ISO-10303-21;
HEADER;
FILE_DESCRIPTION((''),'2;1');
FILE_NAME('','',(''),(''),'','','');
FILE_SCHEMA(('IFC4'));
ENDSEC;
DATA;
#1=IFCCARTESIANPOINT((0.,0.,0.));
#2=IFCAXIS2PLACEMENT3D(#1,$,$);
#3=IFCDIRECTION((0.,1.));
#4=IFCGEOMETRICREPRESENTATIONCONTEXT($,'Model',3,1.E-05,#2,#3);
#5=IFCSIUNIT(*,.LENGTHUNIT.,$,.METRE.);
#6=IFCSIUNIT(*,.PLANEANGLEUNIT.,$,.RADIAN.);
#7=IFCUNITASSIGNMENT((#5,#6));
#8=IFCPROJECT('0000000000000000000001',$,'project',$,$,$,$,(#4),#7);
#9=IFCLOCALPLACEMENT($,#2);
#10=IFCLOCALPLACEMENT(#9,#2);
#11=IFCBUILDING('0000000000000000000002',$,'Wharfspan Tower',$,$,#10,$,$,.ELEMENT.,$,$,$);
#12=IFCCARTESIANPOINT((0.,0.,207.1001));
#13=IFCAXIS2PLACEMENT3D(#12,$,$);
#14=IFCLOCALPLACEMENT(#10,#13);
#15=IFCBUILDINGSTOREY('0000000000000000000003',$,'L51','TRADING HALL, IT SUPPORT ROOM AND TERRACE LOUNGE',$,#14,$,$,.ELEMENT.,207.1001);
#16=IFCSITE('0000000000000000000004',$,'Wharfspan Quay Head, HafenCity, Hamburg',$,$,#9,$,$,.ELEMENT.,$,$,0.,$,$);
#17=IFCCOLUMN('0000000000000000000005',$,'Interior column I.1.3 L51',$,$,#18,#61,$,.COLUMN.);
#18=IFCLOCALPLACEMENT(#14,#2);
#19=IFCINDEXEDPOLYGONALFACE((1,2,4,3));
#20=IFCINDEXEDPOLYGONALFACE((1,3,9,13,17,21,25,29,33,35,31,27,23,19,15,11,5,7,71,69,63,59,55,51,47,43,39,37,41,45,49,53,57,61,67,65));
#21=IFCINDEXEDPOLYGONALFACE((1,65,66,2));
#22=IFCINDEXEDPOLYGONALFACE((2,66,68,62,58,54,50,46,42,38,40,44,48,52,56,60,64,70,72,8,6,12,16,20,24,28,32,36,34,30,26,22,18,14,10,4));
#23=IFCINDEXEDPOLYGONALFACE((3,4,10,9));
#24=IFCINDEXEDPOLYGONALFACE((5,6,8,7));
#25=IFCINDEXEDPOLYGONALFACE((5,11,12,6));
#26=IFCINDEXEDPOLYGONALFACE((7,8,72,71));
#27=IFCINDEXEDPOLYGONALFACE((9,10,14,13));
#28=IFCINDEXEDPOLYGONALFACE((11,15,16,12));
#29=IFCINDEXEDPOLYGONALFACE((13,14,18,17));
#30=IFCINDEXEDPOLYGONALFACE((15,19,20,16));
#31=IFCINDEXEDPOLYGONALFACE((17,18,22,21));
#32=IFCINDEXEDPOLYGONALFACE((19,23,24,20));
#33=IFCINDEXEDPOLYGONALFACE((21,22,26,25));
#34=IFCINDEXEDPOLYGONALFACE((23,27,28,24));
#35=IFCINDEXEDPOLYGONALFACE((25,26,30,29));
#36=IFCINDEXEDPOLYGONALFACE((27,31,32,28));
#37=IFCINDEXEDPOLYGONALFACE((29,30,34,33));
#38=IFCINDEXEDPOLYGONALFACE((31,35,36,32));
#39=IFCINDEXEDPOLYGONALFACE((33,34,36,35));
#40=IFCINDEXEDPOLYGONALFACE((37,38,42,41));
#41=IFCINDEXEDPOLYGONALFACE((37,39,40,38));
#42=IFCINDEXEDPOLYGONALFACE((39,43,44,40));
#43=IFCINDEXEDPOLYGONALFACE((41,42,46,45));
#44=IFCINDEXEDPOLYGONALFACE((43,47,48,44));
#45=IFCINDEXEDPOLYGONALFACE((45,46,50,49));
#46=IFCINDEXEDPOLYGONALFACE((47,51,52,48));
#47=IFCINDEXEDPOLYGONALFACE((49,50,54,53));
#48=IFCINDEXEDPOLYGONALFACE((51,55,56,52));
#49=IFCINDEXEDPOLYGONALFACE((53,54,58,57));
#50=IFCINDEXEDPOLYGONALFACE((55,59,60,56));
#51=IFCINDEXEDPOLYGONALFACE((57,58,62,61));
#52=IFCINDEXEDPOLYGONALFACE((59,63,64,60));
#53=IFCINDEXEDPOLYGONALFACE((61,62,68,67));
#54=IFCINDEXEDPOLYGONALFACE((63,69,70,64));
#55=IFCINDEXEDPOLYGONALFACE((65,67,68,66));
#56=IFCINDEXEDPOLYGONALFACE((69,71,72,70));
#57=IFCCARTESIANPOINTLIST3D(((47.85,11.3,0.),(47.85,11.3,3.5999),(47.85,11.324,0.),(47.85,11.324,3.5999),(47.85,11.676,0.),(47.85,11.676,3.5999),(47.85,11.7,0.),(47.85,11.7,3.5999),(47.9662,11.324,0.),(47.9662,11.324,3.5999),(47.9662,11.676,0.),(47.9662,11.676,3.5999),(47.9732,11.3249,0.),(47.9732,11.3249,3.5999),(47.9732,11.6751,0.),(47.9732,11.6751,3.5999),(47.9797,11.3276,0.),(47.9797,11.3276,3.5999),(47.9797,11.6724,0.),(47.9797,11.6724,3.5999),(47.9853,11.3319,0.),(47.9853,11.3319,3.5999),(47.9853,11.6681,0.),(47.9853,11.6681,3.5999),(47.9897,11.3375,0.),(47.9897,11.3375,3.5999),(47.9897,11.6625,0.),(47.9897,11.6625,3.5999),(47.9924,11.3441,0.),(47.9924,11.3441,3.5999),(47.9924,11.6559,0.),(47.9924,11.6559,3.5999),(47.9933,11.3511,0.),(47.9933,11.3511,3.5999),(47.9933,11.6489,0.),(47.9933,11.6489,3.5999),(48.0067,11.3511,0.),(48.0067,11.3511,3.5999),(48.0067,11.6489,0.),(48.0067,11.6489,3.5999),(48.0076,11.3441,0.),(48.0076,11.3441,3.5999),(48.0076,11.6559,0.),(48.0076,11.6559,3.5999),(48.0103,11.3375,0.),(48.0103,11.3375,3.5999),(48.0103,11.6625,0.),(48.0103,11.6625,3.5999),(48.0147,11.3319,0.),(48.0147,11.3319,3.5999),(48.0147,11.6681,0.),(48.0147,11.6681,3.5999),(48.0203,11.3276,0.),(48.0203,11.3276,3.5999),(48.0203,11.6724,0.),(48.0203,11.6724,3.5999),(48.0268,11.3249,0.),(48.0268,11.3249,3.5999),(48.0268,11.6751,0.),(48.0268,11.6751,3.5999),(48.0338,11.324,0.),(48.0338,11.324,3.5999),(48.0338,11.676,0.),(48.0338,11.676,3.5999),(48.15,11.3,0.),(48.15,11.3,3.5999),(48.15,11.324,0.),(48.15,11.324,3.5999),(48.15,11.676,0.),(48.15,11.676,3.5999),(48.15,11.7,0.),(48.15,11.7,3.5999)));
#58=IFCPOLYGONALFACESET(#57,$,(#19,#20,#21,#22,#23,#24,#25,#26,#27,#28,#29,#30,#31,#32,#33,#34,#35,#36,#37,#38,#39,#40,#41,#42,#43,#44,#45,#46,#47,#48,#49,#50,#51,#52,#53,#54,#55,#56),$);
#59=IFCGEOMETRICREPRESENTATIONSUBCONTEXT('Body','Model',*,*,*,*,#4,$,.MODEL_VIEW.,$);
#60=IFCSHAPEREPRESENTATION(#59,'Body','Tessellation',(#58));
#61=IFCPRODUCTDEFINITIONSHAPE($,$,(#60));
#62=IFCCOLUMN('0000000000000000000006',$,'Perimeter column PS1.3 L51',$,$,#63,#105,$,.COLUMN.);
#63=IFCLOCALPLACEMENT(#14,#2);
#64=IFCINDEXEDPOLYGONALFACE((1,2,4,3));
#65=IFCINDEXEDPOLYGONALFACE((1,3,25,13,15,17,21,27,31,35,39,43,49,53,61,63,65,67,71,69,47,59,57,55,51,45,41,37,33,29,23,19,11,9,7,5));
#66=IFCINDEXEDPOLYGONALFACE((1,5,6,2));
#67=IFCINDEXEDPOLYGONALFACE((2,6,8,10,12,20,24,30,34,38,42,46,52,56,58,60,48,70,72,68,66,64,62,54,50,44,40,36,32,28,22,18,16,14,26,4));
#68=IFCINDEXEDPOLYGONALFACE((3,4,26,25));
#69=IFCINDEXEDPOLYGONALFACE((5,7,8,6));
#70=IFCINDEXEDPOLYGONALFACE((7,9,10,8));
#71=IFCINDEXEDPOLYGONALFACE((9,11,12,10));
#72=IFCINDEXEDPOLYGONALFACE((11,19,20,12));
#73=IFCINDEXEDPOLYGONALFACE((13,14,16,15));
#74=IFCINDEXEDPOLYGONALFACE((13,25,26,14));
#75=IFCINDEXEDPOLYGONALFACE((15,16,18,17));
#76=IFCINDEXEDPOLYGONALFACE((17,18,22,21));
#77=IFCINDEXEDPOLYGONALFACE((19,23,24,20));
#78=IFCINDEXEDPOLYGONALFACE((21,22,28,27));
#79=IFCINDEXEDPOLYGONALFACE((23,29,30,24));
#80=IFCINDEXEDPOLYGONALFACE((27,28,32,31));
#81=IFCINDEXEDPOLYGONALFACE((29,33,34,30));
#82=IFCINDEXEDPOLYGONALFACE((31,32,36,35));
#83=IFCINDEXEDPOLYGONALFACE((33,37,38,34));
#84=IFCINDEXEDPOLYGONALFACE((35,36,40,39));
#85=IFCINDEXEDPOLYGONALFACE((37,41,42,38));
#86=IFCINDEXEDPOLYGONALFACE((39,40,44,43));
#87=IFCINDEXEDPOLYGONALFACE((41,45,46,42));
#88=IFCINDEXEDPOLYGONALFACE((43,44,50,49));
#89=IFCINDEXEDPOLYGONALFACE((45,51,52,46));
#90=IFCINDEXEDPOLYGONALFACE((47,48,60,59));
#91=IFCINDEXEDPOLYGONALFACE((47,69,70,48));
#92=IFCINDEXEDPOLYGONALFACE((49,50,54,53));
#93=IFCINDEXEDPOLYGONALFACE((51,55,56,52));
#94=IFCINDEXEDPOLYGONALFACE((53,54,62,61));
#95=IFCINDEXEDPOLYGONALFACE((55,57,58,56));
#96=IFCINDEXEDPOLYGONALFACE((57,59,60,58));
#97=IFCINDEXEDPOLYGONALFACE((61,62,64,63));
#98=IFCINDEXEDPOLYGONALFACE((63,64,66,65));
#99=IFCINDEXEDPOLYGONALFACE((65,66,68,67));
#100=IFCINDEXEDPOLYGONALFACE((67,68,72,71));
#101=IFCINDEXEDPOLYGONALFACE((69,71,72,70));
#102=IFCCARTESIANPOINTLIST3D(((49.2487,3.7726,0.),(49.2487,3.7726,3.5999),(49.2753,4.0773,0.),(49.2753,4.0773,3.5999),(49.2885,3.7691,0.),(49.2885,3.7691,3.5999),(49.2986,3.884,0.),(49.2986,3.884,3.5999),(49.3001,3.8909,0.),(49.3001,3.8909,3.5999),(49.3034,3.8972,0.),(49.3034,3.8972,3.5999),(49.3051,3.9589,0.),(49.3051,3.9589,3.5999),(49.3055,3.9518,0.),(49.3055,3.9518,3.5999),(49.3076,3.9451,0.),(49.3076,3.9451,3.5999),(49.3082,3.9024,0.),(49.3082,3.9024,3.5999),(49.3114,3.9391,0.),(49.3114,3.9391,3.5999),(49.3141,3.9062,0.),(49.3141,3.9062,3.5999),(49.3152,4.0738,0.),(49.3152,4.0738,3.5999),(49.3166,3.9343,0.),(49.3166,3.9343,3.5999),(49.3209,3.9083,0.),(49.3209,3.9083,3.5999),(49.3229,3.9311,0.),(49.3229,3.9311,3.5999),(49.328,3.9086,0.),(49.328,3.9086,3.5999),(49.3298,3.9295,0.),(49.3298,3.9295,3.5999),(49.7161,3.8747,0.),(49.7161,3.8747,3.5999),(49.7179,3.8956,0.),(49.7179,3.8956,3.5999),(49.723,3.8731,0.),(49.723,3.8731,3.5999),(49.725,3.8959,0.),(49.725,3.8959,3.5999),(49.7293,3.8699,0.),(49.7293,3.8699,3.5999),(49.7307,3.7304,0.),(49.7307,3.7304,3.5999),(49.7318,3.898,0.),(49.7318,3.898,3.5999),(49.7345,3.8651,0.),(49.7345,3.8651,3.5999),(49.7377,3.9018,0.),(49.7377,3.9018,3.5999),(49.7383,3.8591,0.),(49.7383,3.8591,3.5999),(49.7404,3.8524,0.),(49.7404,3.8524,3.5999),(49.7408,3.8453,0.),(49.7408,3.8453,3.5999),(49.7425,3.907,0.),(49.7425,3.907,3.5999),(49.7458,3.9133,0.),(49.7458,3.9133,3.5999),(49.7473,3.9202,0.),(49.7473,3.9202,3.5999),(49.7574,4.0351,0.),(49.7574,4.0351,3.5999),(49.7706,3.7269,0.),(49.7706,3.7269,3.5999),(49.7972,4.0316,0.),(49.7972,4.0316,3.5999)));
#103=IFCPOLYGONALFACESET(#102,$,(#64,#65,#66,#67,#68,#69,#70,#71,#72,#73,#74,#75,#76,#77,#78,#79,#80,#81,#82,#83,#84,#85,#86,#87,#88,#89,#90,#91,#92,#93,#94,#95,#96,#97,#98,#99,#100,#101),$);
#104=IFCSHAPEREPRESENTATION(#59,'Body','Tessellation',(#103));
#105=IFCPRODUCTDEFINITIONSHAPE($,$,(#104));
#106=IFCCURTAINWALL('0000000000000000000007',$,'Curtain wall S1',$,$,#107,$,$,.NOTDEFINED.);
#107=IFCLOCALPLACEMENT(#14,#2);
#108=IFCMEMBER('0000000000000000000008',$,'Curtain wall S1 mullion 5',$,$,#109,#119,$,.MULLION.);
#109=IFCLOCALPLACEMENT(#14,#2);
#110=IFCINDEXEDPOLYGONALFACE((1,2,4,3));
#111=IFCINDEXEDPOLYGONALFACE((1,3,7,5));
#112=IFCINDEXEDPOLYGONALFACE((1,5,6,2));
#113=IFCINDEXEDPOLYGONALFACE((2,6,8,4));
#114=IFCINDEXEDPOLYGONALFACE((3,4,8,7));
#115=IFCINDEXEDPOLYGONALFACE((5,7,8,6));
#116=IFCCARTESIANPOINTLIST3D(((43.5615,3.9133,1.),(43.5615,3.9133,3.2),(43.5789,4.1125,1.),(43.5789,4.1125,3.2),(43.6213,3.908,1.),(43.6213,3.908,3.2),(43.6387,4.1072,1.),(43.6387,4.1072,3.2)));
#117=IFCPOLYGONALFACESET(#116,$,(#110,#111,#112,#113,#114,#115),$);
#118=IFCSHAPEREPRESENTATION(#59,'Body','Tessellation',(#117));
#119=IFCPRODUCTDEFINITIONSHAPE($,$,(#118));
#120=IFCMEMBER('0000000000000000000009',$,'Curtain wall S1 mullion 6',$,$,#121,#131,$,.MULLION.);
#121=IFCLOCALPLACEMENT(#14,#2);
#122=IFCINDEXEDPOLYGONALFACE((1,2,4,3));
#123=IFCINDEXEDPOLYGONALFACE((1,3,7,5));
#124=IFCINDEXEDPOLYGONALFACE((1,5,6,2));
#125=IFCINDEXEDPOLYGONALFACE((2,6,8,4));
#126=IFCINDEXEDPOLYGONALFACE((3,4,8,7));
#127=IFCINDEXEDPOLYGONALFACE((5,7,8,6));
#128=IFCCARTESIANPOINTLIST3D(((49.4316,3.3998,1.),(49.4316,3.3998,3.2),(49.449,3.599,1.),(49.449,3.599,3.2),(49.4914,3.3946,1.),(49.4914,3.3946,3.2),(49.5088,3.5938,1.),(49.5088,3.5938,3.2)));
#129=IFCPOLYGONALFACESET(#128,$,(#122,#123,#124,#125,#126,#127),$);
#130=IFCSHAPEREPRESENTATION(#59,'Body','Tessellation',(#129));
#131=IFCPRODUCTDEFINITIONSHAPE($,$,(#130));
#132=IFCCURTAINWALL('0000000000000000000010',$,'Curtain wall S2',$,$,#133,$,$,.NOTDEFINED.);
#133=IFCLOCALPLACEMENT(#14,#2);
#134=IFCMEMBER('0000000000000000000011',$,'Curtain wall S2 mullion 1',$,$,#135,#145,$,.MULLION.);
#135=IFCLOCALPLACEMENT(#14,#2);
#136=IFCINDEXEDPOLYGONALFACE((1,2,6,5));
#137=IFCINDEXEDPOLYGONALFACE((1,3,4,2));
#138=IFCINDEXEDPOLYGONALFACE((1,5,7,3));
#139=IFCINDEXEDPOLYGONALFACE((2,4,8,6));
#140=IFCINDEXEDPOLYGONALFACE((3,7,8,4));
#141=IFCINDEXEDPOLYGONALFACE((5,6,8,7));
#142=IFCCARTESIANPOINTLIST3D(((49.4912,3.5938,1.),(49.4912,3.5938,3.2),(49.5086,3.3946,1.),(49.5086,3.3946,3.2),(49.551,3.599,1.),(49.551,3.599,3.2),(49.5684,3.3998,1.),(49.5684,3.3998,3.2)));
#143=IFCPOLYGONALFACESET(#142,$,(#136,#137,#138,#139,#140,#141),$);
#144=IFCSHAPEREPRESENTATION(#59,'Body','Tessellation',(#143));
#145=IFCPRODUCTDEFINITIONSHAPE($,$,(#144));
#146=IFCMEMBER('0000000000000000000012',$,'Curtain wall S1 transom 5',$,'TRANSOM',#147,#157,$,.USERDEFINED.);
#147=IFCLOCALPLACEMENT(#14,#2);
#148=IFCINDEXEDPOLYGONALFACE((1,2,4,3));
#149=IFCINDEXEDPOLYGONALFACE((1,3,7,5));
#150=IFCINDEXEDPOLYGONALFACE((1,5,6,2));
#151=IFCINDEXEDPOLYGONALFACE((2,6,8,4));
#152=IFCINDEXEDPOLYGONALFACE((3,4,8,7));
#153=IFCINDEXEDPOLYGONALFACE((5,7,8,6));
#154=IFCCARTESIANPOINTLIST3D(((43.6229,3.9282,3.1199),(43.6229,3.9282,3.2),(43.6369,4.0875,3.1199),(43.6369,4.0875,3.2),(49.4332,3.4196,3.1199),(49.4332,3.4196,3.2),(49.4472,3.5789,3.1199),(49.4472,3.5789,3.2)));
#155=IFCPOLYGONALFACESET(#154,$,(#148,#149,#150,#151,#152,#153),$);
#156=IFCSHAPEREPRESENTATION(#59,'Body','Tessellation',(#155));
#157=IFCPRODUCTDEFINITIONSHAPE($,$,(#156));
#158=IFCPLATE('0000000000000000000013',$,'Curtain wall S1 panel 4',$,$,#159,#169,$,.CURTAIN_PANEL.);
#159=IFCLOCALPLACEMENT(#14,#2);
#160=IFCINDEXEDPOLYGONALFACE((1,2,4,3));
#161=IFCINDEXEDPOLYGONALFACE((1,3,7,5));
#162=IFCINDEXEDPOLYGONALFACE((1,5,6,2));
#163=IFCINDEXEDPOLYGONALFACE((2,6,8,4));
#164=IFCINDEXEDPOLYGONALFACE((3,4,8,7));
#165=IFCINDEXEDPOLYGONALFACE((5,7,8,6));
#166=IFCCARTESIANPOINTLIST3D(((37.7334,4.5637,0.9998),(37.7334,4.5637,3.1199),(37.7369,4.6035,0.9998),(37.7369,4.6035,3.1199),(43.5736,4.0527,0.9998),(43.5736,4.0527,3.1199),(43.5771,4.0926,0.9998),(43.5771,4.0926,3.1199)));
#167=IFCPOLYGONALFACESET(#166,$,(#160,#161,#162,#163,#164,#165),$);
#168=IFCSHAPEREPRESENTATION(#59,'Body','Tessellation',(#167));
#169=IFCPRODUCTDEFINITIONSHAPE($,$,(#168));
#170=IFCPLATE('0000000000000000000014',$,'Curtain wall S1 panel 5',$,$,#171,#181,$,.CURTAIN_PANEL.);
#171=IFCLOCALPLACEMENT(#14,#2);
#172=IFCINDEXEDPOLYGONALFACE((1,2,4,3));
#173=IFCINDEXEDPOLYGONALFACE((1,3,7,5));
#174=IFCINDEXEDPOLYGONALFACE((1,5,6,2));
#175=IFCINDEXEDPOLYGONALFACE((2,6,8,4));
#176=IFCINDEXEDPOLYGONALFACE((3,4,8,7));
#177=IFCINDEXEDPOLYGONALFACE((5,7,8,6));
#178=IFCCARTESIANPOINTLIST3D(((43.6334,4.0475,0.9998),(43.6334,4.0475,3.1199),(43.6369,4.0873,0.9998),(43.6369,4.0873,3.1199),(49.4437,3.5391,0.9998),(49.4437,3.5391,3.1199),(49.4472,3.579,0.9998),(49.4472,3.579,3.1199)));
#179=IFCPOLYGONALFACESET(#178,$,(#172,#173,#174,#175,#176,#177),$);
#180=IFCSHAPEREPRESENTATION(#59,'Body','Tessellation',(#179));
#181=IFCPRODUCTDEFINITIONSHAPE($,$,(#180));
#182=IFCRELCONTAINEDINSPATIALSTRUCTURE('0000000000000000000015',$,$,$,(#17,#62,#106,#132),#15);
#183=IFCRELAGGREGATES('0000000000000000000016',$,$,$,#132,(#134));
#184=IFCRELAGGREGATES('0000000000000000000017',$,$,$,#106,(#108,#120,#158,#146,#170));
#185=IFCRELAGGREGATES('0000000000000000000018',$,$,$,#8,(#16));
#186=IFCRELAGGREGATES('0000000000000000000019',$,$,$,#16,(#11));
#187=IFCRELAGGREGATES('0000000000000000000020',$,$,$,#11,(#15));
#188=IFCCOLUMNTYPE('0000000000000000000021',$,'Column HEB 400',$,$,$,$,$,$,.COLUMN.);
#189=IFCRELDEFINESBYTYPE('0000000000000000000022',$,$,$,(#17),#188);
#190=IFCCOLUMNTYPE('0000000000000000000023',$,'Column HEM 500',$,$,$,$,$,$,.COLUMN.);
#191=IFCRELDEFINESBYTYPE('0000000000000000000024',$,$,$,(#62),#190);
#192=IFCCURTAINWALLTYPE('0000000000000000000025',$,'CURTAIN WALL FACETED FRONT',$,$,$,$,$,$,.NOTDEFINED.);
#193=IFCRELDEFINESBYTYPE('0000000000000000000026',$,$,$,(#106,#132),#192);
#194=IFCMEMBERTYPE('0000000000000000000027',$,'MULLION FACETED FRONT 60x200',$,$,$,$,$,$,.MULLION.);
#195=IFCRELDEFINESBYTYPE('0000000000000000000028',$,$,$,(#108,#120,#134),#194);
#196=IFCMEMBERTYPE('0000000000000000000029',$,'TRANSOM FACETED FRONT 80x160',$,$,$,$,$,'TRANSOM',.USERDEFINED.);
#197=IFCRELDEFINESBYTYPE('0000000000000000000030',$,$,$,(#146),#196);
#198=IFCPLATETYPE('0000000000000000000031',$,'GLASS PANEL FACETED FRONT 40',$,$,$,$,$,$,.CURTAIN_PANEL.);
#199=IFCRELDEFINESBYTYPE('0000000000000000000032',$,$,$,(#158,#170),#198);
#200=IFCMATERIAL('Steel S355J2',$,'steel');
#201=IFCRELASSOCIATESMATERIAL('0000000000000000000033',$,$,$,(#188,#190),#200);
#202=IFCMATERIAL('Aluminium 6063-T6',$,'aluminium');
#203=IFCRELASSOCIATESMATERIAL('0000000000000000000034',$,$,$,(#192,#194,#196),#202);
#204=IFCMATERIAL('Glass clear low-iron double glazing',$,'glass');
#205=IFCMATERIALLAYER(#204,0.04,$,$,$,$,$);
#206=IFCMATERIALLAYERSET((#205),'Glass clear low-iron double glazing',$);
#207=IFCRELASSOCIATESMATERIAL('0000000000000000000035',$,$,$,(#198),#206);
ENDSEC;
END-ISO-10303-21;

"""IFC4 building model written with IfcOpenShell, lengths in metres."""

from ifc_helpers import new_model, si_unit, direction, frame, origin, origin_2d, place, context, subcontext, project, spatial, rectangle, i_section, extrude, material, layer, layer_set, material_profile, profile_set, type_object, element, aggregate, save


model = new_model("IFC4")

# Units and contexts
model_context = context("Model", 3, precision=1e-05, world=origin(), true_north=direction((0.0, 1.0)))
body_context = subcontext(model_context, "Body", "Model", "MODEL_VIEW")
ifc_project = project(units=[si_unit("LENGTHUNIT", "METRE"), si_unit("PLANEANGLEUNIT", "RADIAN")], contexts=[model_context])

# Site, building, storey
site_placement = place(None, origin())
site = spatial("IfcSite", under=ifc_project, at=site_placement, Name="Wharfspan Quay Head, HafenCity, Hamburg", CompositionType="ELEMENT", RefElevation=0.0)
building_placement = place(site_placement, origin())
building = spatial("IfcBuilding", under=site, at=building_placement, Name="Wharfspan Tower", CompositionType="ELEMENT")
storey_placement = place(building_placement, frame((0.0, 0.0, 207.1001)))
storey = spatial("IfcBuildingStorey", under=building, at=storey_placement, Name="L51", Description="TRADING HALL, IT SUPPORT ROOM AND TERRACE LOUNGE", CompositionType="ELEMENT", Elevation=207.1001)

# Columns
ifc_material_1 = material(Name="Steel S355J2", Category="steel")
ifc_material_profile_1 = material_profile(ifc_material_1, i_section(OverallWidth=0.3, OverallDepth=0.3999, WebThickness=0.0134, FlangeThickness=0.0239, FilletRadius=0.0271, at=origin_2d()))
ifc_profile_set_1 = profile_set([ifc_material_profile_1], Name="Steel S355J2")
column_type_1 = type_object("IfcColumnType", Name="Column HEB 400", PredefinedType="COLUMN", material=ifc_profile_set_1)
column_1_placement = place(storey_placement, frame((48.0, 11.5, 0.0), z_axis=(0.0, 0.0, 1.0), x_axis=(1.0, 0.0, 0.0)))
element("IfcColumn", 1, at=column_1_placement, inside=storey, type_object=column_type_1, Name="Interior column I.1.3 L51", PredefinedType="COLUMN", context=body_context, shape_type="SweptSolid", body=[
    extrude(i_section(OverallWidth=0.3, OverallDepth=0.3999, WebThickness=0.0134, FlangeThickness=0.0239, FilletRadius=0.0271, at=origin_2d()), origin(), (0.0, 0.0, 1.0), 3.5999),
])
ifc_material_profile_2 = material_profile(ifc_material_1, i_section(OverallWidth=0.3059, OverallDepth=0.5239, WebThickness=0.021, FlangeThickness=0.04, FilletRadius=0.0271, at=origin_2d()))
ifc_profile_set_2 = profile_set([ifc_material_profile_2], Name="Steel S355J2")
column_type_2 = type_object("IfcColumnType", Name="Column HEM 500", PredefinedType="COLUMN", material=ifc_profile_set_2)
column_2_placement = place(storey_placement, frame((49.5229, 3.9021, 0.0), z_axis=(0.0, 0.0, 1.0), x_axis=(-0.087156, -0.996197, 0.0)))
element("IfcColumn", 2, at=column_2_placement, inside=storey, type_object=column_type_2, Name="Perimeter column PS1.3 L51", PredefinedType="COLUMN", context=body_context, shape_type="SweptSolid", body=[
    extrude(i_section(OverallWidth=0.3059, OverallDepth=0.5239, WebThickness=0.021, FlangeThickness=0.04, FilletRadius=0.0271, at=origin_2d()), origin(), (0.0, 0.0, 1.0), 3.5999),
])

# Curtain wall, members
ifc_material_2 = material(Name="Aluminium 6063-T6", Category="aluminium")
curtain_wall_type = type_object("IfcCurtainWallType", Name="CURTAIN WALL FACETED FRONT", PredefinedType="NOTDEFINED", material=ifc_material_2)
curtain_wall_1_placement = place(storey_placement, origin())
curtain_wall_1 = element("IfcCurtainWall", 3, at=curtain_wall_1_placement, inside=storey, type_object=curtain_wall_type, Name="Curtain wall S1", PredefinedType="NOTDEFINED")
ifc_material_profile_3 = material_profile(ifc_material_2, rectangle(XDim=0.2, YDim=0.0601, at=origin_2d()))
ifc_profile_set_3 = profile_set([ifc_material_profile_3], Name="Aluminium 6063-T6")
member_type_1 = type_object("IfcMemberType", Name="MULLION FACETED FRONT 60x200", PredefinedType="MULLION", material=ifc_profile_set_3)
member_1_placement = place(storey_placement, frame((43.6001, 4.0103, 1.0), z_axis=(0.0, 0.0, 1.0), x_axis=(0.087156, 0.996197, 0.0)))
member_1 = element("IfcMember", 4, at=member_1_placement, type_object=member_type_1, Name="Curtain wall S1 mullion 5", PredefinedType="MULLION", context=body_context, shape_type="SweptSolid", body=[
    extrude(rectangle(XDim=0.2, YDim=0.0601, at=origin_2d()), origin(), (0.0, 0.0, 1.0), 2.2),
])
member_2_placement = place(storey_placement, frame((49.4702, 3.4968, 1.0), z_axis=(0.0, 0.0, 1.0), x_axis=(0.087156, 0.996197, 0.0)))
member_2 = element("IfcMember", 5, at=member_2_placement, type_object=member_type_1, Name="Curtain wall S1 mullion 6", PredefinedType="MULLION", context=body_context, shape_type="SweptSolid", body=[
    extrude(rectangle(XDim=0.2, YDim=0.0601, at=origin_2d()), origin(), (0.0, 0.0, 1.0), 2.2),
])

# Curtain wall, member
curtain_wall_2_placement = place(storey_placement, origin())
curtain_wall_2 = element("IfcCurtainWall", 6, at=curtain_wall_2_placement, inside=storey, type_object=curtain_wall_type, Name="Curtain wall S2", PredefinedType="NOTDEFINED")
member_3_placement = place(storey_placement, frame((49.5298, 3.4968, 1.0), z_axis=(0.0, 0.0, 1.0), x_axis=(-0.087156, 0.996197, 0.0)))
member_3 = element("IfcMember", 7, at=member_3_placement, type_object=member_type_1, Name="Curtain wall S2 mullion 1", PredefinedType="MULLION", context=body_context, shape_type="SweptSolid", body=[
    extrude(rectangle(XDim=0.2, YDim=0.0601, at=origin_2d()), origin(), (0.0, 0.0, 1.0), 2.2),
])
aggregate(curtain_wall_2, [member_3])

# Member
ifc_material_profile_4 = material_profile(ifc_material_2, rectangle(XDim=0.1599, YDim=0.0801, at=origin_2d()))
ifc_profile_set_4 = profile_set([ifc_material_profile_4], Name="Aluminium 6063-T6")
member_type_2 = type_object("IfcMemberType", Name="TRANSOM FACETED FRONT 80x160", ElementType="TRANSOM", PredefinedType="USERDEFINED", material=ifc_profile_set_4)
member_4_placement = place(storey_placement, frame((43.6299, 4.0078, 3.1599), z_axis=(0.996192, -0.087191, 0.0), x_axis=(0.087191, 0.996192, 0.0)))
member_4 = element("IfcMember", 8, at=member_4_placement, type_object=member_type_2, Name="Curtain wall S1 transom 5", ObjectType="TRANSOM", PredefinedType="USERDEFINED", context=body_context, shape_type="SweptSolid", body=[
    extrude(rectangle(XDim=0.1599, YDim=0.0801, at=origin_2d()), origin(), (0.0, 0.0, 1.0), 5.8325),
])

# Plates
ifc_material_3 = material(Name="Glass clear low-iron double glazing", Category="glass")
ifc_layer_1 = layer(ifc_material_3, 0.04)
ifc_layer_set_1 = layer_set([ifc_layer_1], Name="Glass clear low-iron double glazing")
plate_type = type_object("IfcPlateType", Name="GLASS PANEL FACETED FRONT 40", PredefinedType="CURTAIN_PANEL", material=ifc_layer_set_1)
plate_1_placement = place(storey_placement, frame((40.6553, 4.3281, 0.9998), z_axis=(0.0, 0.0, 1.0), x_axis=(0.996197, -0.087156, 0.0)))
plate_1 = element("IfcPlate", 9, at=plate_1_placement, type_object=plate_type, Name="Curtain wall S1 panel 4", PredefinedType="CURTAIN_PANEL", context=body_context, shape_type="SweptSolid", body=[
    extrude(rectangle(XDim=5.8625, YDim=0.04, at=origin_2d()), origin(), (0.0, 0.0, 1.0), 2.1201),
])
plate_2_placement = place(storey_placement, frame((46.5403, 3.8132, 0.9998), z_axis=(0.0, 0.0, 1.0), x_axis=(0.996197, -0.087156, 0.0)))
plate_2 = element("IfcPlate", 10, at=plate_2_placement, type_object=plate_type, Name="Curtain wall S1 panel 5", PredefinedType="CURTAIN_PANEL", context=body_context, shape_type="SweptSolid", body=[
    extrude(rectangle(XDim=5.8325, YDim=0.04, at=origin_2d()), origin(), (0.0, 0.0, 1.0), 2.1201),
])
aggregate(curtain_wall_1, [member_1, member_2, plate_1, member_4, plate_2])

save(model, "model.ifc")
